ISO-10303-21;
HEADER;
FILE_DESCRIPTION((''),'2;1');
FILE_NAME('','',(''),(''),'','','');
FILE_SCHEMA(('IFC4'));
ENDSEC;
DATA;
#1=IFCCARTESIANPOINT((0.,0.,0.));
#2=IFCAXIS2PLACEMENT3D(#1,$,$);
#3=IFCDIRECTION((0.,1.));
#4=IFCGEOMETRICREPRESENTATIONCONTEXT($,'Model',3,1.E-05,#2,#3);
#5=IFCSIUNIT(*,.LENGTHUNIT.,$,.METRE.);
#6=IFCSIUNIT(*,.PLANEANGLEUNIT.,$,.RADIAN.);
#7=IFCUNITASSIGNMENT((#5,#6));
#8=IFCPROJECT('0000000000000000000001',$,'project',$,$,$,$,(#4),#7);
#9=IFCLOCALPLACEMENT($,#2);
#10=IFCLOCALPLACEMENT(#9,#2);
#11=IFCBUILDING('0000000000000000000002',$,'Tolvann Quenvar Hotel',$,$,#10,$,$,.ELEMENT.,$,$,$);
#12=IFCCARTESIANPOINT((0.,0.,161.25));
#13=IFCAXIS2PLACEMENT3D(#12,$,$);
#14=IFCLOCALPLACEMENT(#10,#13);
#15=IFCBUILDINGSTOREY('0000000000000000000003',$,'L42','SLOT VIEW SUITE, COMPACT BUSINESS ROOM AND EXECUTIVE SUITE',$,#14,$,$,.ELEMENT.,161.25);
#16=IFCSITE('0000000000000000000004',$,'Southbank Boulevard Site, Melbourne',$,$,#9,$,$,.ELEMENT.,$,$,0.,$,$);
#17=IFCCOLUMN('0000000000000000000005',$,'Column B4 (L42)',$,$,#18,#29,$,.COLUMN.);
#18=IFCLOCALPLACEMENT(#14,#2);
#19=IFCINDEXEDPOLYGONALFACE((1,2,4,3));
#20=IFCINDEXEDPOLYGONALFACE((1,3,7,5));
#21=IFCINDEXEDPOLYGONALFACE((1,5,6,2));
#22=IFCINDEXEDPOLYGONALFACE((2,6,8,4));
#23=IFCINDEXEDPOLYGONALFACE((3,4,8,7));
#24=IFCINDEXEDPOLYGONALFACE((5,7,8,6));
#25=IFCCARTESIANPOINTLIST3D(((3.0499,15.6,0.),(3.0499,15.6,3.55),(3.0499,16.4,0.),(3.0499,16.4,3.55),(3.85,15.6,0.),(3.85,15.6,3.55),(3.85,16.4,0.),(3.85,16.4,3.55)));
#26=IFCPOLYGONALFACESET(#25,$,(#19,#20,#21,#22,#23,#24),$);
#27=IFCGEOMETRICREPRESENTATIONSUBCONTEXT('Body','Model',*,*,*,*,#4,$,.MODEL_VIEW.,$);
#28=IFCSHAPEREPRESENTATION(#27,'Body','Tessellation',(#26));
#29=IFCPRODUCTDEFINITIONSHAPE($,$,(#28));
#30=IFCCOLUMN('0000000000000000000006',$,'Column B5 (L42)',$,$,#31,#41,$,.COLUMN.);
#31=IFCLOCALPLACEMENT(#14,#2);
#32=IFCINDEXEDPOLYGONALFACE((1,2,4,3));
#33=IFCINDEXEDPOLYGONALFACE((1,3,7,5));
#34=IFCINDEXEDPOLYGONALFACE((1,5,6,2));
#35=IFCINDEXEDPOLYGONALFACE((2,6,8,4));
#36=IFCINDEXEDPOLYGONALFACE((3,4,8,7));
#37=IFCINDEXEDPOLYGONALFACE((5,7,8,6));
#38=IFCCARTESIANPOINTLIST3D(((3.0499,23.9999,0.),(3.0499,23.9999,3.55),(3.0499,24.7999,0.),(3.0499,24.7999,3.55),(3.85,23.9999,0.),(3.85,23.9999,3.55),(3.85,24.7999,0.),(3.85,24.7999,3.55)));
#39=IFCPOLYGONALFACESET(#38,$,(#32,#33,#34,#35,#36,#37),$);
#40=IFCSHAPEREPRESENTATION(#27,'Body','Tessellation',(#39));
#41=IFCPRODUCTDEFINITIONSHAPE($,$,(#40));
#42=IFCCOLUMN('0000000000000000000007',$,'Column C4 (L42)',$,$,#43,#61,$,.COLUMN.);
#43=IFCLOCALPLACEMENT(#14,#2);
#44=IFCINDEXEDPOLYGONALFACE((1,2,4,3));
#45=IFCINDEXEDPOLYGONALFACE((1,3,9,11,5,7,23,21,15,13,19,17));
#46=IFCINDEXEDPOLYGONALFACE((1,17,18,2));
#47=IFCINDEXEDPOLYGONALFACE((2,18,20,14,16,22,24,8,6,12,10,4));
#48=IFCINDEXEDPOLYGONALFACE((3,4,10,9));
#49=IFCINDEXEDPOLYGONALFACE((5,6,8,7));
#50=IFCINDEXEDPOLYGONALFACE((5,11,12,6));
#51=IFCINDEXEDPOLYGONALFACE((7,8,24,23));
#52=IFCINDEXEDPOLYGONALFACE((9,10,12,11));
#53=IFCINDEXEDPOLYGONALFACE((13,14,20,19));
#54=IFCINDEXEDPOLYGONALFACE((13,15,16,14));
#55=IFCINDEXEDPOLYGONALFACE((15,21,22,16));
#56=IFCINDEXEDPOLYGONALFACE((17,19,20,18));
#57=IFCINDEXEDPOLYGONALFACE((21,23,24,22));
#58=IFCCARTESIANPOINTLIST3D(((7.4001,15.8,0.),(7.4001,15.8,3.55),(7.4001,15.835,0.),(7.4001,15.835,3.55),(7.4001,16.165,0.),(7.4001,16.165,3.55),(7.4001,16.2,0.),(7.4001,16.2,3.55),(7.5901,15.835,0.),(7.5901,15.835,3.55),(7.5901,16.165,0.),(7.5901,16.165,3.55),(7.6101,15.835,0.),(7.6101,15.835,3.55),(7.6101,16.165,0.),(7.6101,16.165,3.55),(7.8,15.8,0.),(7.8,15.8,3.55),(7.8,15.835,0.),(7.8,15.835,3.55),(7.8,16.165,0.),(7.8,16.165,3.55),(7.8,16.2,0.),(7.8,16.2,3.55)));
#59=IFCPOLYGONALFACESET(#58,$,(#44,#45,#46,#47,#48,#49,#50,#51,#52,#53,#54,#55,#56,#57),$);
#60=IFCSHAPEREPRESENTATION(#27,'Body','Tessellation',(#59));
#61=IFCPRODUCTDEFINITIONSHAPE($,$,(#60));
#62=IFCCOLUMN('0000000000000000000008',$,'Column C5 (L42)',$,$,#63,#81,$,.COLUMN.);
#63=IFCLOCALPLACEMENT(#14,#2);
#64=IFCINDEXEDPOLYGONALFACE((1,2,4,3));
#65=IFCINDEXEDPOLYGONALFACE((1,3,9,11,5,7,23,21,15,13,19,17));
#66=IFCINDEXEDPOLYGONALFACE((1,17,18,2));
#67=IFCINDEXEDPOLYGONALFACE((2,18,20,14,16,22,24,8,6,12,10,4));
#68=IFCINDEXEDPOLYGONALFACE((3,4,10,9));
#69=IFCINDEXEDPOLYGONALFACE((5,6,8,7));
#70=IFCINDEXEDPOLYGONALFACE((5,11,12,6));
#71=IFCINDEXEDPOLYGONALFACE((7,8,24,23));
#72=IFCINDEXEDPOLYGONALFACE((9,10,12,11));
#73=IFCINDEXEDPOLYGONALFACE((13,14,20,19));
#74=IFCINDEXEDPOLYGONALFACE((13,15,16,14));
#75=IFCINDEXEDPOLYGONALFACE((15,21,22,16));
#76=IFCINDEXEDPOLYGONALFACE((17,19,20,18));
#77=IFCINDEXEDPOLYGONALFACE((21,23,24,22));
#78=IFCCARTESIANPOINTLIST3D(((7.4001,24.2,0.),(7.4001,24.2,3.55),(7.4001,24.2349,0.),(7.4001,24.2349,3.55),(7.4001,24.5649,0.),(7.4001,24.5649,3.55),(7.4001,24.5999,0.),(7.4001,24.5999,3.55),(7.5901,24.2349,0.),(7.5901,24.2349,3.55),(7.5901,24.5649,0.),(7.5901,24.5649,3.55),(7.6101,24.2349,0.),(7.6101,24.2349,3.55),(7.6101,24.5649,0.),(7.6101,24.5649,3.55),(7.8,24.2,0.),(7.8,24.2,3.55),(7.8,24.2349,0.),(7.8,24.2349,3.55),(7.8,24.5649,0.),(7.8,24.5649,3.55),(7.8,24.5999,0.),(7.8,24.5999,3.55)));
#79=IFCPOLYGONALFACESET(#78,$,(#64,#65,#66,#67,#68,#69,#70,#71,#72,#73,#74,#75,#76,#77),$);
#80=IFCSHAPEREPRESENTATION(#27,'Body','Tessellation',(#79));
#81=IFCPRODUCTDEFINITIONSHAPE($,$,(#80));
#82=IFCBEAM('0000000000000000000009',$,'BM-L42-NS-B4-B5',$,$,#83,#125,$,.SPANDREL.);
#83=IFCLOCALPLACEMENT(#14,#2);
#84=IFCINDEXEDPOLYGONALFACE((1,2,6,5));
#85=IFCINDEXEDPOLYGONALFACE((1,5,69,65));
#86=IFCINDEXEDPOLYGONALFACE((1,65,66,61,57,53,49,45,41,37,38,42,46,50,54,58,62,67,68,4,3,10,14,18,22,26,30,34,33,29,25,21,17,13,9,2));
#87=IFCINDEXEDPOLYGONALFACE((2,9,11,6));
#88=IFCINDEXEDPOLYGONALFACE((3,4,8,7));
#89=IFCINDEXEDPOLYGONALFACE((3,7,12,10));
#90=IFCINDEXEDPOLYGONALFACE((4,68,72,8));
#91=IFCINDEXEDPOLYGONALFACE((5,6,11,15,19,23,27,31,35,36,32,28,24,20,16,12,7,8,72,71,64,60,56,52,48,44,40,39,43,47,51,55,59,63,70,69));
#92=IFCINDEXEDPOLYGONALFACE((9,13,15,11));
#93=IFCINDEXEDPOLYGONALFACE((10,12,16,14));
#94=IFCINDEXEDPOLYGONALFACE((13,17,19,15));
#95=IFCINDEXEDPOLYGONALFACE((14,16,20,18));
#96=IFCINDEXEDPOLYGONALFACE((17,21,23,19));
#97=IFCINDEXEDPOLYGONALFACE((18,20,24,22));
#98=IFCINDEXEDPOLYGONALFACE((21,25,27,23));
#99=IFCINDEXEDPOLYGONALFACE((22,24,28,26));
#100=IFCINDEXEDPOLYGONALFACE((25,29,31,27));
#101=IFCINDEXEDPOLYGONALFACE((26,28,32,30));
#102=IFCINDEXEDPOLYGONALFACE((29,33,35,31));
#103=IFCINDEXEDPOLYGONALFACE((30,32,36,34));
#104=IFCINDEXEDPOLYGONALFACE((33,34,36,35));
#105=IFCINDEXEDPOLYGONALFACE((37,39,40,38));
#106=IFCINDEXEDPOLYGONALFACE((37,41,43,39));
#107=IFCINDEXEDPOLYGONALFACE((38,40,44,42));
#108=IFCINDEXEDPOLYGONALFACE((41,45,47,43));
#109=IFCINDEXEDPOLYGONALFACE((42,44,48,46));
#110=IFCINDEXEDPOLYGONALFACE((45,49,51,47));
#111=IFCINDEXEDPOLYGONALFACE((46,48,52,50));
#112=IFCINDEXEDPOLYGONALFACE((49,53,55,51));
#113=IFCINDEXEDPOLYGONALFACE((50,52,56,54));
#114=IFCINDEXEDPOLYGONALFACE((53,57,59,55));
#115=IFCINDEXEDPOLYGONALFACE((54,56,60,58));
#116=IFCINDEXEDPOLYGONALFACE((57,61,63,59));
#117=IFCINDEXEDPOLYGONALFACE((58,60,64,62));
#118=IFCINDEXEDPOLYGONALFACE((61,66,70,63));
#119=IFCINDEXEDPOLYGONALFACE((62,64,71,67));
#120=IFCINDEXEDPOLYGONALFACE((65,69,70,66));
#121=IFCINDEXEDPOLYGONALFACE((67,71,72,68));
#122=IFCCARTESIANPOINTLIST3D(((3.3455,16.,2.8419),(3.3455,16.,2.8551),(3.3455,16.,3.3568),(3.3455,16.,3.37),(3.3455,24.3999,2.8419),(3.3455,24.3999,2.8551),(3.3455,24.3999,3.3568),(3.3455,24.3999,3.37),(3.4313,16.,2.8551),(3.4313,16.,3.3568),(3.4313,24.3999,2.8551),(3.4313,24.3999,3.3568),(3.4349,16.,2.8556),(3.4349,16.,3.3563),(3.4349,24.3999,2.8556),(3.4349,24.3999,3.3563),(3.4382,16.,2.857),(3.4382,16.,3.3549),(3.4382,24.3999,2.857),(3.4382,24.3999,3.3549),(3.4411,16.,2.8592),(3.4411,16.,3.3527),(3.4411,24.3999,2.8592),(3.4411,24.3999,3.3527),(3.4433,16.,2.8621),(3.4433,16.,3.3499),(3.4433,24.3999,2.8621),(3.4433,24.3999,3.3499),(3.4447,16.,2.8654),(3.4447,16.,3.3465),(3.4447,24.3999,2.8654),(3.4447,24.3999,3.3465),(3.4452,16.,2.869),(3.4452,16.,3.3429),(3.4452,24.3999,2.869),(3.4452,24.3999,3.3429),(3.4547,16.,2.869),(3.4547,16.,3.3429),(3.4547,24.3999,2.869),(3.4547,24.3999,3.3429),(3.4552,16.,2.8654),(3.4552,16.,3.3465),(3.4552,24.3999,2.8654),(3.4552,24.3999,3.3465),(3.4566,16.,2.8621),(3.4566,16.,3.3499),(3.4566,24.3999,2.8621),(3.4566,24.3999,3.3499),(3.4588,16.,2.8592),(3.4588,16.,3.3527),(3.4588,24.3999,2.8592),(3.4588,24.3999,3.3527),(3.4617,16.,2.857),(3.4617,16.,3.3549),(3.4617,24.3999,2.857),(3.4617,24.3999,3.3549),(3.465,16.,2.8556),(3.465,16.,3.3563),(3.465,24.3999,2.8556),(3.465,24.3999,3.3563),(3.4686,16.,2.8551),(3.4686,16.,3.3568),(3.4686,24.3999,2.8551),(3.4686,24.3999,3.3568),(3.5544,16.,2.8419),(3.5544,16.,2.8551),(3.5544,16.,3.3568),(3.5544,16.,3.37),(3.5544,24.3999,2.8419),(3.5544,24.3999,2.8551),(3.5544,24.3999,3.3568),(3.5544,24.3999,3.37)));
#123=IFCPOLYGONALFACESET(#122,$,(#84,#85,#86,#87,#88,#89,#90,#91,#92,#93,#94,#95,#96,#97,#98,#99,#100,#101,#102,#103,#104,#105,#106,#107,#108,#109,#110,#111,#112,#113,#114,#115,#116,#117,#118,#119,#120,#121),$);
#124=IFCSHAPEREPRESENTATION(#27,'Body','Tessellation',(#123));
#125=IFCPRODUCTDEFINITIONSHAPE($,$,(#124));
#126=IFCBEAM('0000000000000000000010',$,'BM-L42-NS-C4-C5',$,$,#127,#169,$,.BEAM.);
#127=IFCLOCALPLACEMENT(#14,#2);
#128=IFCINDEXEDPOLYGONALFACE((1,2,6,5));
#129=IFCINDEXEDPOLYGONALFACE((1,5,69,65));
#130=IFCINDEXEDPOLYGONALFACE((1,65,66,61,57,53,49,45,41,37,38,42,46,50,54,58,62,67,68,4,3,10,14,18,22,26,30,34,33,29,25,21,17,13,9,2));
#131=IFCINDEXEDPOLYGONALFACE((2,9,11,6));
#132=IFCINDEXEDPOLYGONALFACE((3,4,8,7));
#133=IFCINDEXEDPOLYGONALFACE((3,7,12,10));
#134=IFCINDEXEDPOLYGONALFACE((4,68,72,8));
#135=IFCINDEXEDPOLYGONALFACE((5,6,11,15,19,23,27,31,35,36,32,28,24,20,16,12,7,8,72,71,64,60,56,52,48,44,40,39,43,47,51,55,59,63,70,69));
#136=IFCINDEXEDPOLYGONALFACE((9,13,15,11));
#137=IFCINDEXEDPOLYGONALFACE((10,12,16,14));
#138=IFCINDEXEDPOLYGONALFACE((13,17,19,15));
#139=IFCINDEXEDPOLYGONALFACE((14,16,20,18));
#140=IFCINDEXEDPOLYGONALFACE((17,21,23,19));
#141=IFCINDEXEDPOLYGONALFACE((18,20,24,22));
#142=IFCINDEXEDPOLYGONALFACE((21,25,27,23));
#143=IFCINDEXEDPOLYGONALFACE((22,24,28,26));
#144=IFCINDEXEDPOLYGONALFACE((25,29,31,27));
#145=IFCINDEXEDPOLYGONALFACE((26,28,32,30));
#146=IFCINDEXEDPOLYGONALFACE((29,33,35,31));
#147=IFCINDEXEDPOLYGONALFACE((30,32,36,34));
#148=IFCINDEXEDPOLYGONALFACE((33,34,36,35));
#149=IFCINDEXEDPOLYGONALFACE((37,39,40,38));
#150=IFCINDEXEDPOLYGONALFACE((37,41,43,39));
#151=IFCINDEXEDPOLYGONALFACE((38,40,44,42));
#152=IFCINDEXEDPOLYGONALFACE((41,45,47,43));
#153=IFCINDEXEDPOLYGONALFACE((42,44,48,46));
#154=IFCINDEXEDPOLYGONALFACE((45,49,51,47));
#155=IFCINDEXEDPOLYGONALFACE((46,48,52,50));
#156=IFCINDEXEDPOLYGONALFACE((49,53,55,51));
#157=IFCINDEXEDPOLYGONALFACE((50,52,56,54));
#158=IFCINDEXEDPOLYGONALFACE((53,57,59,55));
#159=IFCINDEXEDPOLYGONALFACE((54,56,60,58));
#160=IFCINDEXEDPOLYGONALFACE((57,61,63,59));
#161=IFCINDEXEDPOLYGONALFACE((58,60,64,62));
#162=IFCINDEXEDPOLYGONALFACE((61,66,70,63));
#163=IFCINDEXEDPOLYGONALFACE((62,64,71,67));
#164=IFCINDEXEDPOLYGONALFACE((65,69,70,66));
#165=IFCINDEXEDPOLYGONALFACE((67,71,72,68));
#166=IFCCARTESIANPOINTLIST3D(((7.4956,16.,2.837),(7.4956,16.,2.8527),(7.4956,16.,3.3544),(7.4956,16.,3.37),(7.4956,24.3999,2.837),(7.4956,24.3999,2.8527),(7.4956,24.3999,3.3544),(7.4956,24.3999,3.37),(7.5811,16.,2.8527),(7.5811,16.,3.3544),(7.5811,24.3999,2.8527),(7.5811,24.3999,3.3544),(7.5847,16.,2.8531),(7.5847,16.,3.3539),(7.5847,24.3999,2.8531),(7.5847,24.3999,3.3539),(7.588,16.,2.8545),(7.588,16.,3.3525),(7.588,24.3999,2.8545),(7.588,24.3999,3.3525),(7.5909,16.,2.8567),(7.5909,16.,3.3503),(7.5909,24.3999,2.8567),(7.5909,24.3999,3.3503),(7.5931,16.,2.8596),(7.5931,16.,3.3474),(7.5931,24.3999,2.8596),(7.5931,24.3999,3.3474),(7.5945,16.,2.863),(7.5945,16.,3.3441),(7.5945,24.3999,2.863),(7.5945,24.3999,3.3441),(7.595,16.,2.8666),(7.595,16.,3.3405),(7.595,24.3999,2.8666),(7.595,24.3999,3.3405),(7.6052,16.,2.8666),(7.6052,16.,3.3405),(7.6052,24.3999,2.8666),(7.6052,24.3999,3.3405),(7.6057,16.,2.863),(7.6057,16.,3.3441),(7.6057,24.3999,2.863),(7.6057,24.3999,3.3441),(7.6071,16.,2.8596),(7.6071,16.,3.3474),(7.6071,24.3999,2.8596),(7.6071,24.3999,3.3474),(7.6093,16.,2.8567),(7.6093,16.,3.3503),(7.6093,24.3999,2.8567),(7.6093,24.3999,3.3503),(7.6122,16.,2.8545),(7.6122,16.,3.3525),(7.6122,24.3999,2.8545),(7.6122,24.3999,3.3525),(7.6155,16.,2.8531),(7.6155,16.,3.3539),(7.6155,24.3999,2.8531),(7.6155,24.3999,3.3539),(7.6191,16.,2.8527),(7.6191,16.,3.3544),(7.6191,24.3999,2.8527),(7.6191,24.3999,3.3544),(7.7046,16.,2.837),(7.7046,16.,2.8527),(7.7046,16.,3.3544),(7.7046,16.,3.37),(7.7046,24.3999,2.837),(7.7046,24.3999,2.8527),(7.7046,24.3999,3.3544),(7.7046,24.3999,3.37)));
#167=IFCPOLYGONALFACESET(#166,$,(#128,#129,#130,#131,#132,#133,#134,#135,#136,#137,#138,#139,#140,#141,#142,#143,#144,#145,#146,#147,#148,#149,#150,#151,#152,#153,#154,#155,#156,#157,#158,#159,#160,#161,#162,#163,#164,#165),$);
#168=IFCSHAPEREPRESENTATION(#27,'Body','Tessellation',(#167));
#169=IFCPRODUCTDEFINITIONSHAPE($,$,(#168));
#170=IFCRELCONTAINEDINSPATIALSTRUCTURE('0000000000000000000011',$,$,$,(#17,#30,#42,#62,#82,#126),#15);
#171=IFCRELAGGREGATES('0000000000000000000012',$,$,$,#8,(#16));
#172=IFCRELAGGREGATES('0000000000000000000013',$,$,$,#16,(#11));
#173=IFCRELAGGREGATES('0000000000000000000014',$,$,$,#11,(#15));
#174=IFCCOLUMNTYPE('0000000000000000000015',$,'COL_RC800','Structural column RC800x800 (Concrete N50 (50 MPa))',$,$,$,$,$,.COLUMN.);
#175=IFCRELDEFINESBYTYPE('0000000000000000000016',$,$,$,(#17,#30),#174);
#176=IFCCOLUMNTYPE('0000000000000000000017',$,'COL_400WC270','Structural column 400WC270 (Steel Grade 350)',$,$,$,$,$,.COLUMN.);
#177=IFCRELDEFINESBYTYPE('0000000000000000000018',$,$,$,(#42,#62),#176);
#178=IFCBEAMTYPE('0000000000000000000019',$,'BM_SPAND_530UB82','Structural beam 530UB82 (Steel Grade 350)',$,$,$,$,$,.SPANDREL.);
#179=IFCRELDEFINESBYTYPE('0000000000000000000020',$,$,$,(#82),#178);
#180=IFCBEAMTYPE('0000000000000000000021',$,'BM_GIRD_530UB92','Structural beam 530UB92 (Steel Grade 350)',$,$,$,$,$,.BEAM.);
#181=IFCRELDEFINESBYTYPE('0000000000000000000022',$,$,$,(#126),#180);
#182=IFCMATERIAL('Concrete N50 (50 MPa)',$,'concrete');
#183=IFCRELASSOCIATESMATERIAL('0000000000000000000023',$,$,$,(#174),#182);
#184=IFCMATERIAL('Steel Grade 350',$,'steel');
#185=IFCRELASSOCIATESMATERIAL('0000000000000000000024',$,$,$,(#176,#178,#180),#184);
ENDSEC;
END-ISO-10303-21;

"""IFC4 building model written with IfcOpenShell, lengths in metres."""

from ifc_helpers import new_model, si_unit, direction, frame, origin, origin_2d, place, context, subcontext, project, spatial, rectangle, i_section, extrude, source, transform, mapped, material, material_profile, profile_set, type_object, type_shapes, element, save


model = new_model("IFC4")

# Units and contexts
model_context = context("Model", 3, precision=1e-05, world=origin(), true_north=direction((0.0, 1.0)))
body_context = subcontext(model_context, "Body", "Model", "MODEL_VIEW")
ifc_project = project(units=[si_unit("LENGTHUNIT", "METRE"), si_unit("PLANEANGLEUNIT", "RADIAN")], contexts=[model_context])

# Site, building, storey
site_placement = place(None, origin())
site = spatial("IfcSite", under=ifc_project, at=site_placement, Name="Southbank Boulevard Site, Melbourne", CompositionType="ELEMENT", RefElevation=0.0)
building_placement = place(site_placement, origin())
building = spatial("IfcBuilding", under=site, at=building_placement, Name="Tolvann Quenvar Hotel", CompositionType="ELEMENT")
storey_placement = place(building_placement, frame((0.0, 0.0, 161.25)))
storey = spatial("IfcBuildingStorey", under=building, at=storey_placement, Name="L42", Description="SLOT VIEW SUITE, COMPACT BUSINESS ROOM AND EXECUTIVE SUITE", CompositionType="ELEMENT", Elevation=161.25)

# Columns
ifc_material_1 = material(Name="Concrete N50 (50 MPa)", Category="concrete")
ifc_material_profile_1 = material_profile(ifc_material_1, rectangle(XDim=0.8, YDim=0.8, at=origin_2d()), Name="RC800x800")
ifc_profile_set_1 = profile_set([ifc_material_profile_1], Name="Concrete N50 (50 MPa)")
column_type_1 = type_object("IfcColumnType", Name="COL_RC800", Description="Structural column RC800x800 (Concrete N50 (50 MPa))", PredefinedType="COLUMN", material=ifc_profile_set_1)
shared_shape_1 = source(origin(), body_context, "Body", "SweptSolid", [
    extrude(rectangle(XDim=0.8, YDim=0.8, at=origin_2d()), origin(), (0.0, 0.0, 1.0), 3.55),
])
type_shapes(column_type_1, [shared_shape_1])
for number, where, z_axis, x_axis, name in (
    (1, (3.45, 16.0, 0.0), (0.0, 0.0, 1.0), (1.0, 0.0, 0.0), "Column B4 (L42)"),
    (2, (3.45, 24.3999, 0.0), (0.0, 0.0, 1.0), (1.0, 0.0, 0.0), "Column B5 (L42)"),
):
    element("IfcColumn", number, at=place(storey_placement, frame(where, z_axis=z_axis, x_axis=x_axis)), inside=storey, type_object=column_type_1, Name=name, PredefinedType="COLUMN", context=body_context, shape_type="MappedRepresentation", body=[
        mapped(shared_shape_1, transform((0.0, 0.0, 0.0), x_axis=(1.0, 0.0, 0.0), y_axis=(0.0, 1.0, 0.0), z_axis=(0.0, 0.0, 1.0), scale=1.0)),
    ])
ifc_material_2 = material(Name="Steel Grade 350", Category="steel")
ifc_material_profile_2 = material_profile(ifc_material_2, i_section(OverallWidth=0.3999, OverallDepth=0.3999, WebThickness=0.02, FlangeThickness=0.0349, at=origin_2d()), Name="400WC270")
ifc_profile_set_2 = profile_set([ifc_material_profile_2], Name="Steel Grade 350")
column_type_2 = type_object("IfcColumnType", Name="COL_400WC270", Description="Structural column 400WC270 (Steel Grade 350)", PredefinedType="COLUMN", material=ifc_profile_set_2)
shared_shape_2 = source(origin(), body_context, "Body", "SweptSolid", [
    extrude(i_section(OverallWidth=0.3999, OverallDepth=0.3999, WebThickness=0.02, FlangeThickness=0.0349, at=origin_2d()), origin(), (0.0, 0.0, 1.0), 3.55),
])
type_shapes(column_type_2, [shared_shape_2])
for number, where, z_axis, x_axis, name in (
    (3, (7.6001, 16.0, 0.0), (0.0, 0.0, 1.0), (1.0, 0.0, 0.0), "Column C4 (L42)"),
    (4, (7.6001, 24.3999, 0.0), (0.0, 0.0, 1.0), (1.0, 0.0, 0.0), "Column C5 (L42)"),
):
    element("IfcColumn", number, at=place(storey_placement, frame(where, z_axis=z_axis, x_axis=x_axis)), inside=storey, type_object=column_type_2, Name=name, PredefinedType="COLUMN", context=body_context, shape_type="MappedRepresentation", body=[
        mapped(shared_shape_2, transform((0.0, 0.0, 0.0), x_axis=(1.0, 0.0, 0.0), y_axis=(0.0, 1.0, 0.0), z_axis=(0.0, 0.0, 1.0), scale=1.0)),
    ])

# Beams
ifc_material_profile_3 = material_profile(ifc_material_2, i_section(OverallWidth=0.209, OverallDepth=0.5281, WebThickness=0.0095, FlangeThickness=0.0132, FilletRadius=0.0139, at=origin_2d()), Name="530UB82")
ifc_profile_set_3 = profile_set([ifc_material_profile_3], Name="Steel Grade 350")
beam_type_1 = type_object("IfcBeamType", Name="BM_SPAND_530UB82", Description="Structural beam 530UB82 (Steel Grade 350)", PredefinedType="SPANDREL", material=ifc_profile_set_3)
shared_shape_3 = source(origin(), body_context, "Body", "SweptSolid", [
    extrude(i_section(OverallWidth=0.209, OverallDepth=0.5281, WebThickness=0.0095, FlangeThickness=0.0132, FilletRadius=0.0139, at=origin_2d()), origin(), (0.0, 0.0, 1.0), 8.3999),
])
beam_1_placement = place(storey_placement, frame((3.45, 16.0, 3.106), z_axis=(0.0, 1.0, 0.0), x_axis=(-1.0, 0.0, 0.0)))
element("IfcBeam", 5, at=beam_1_placement, inside=storey, type_object=beam_type_1, Name="BM-L42-NS-B4-B5", PredefinedType="SPANDREL", context=body_context, shape_type="MappedRepresentation", body=[
    mapped(shared_shape_3, transform((0.0, 0.0, 0.0), x_axis=(1.0, 0.0, 0.0), y_axis=(0.0, 1.0, 0.0), z_axis=(0.0, 0.0, 1.0), scale=1.0)),
])
ifc_material_profile_4 = material_profile(ifc_material_2, i_section(OverallWidth=0.209, OverallDepth=0.533, WebThickness=0.0103, FlangeThickness=0.0156, FilletRadius=0.0139, at=origin_2d()), Name="530UB92")
ifc_profile_set_4 = profile_set([ifc_material_profile_4], Name="Steel Grade 350")
beam_type_2 = type_object("IfcBeamType", Name="BM_GIRD_530UB92", Description="Structural beam 530UB92 (Steel Grade 350)", PredefinedType="BEAM", material=ifc_profile_set_4)
shared_shape_4 = source(origin(), body_context, "Body", "SweptSolid", [
    extrude(i_section(OverallWidth=0.209, OverallDepth=0.533, WebThickness=0.0103, FlangeThickness=0.0156, FilletRadius=0.0139, at=origin_2d()), origin(), (0.0, 0.0, 1.0), 8.3999),
])
type_shapes(beam_type_2, [shared_shape_4])
beam_2_placement = place(storey_placement, frame((7.6001, 16.0, 3.1035), z_axis=(0.0, 1.0, 0.0), x_axis=(-1.0, 0.0, 0.0)))
element("IfcBeam", 6, at=beam_2_placement, inside=storey, type_object=beam_type_2, Name="BM-L42-NS-C4-C5", PredefinedType="BEAM", context=body_context, shape_type="MappedRepresentation", body=[
    mapped(shared_shape_4, transform((0.0, 0.0, 0.0), x_axis=(1.0, 0.0, 0.0), y_axis=(0.0, 1.0, 0.0), z_axis=(0.0, 0.0, 1.0), scale=1.0)),
])

save(model, "model.ifc")
